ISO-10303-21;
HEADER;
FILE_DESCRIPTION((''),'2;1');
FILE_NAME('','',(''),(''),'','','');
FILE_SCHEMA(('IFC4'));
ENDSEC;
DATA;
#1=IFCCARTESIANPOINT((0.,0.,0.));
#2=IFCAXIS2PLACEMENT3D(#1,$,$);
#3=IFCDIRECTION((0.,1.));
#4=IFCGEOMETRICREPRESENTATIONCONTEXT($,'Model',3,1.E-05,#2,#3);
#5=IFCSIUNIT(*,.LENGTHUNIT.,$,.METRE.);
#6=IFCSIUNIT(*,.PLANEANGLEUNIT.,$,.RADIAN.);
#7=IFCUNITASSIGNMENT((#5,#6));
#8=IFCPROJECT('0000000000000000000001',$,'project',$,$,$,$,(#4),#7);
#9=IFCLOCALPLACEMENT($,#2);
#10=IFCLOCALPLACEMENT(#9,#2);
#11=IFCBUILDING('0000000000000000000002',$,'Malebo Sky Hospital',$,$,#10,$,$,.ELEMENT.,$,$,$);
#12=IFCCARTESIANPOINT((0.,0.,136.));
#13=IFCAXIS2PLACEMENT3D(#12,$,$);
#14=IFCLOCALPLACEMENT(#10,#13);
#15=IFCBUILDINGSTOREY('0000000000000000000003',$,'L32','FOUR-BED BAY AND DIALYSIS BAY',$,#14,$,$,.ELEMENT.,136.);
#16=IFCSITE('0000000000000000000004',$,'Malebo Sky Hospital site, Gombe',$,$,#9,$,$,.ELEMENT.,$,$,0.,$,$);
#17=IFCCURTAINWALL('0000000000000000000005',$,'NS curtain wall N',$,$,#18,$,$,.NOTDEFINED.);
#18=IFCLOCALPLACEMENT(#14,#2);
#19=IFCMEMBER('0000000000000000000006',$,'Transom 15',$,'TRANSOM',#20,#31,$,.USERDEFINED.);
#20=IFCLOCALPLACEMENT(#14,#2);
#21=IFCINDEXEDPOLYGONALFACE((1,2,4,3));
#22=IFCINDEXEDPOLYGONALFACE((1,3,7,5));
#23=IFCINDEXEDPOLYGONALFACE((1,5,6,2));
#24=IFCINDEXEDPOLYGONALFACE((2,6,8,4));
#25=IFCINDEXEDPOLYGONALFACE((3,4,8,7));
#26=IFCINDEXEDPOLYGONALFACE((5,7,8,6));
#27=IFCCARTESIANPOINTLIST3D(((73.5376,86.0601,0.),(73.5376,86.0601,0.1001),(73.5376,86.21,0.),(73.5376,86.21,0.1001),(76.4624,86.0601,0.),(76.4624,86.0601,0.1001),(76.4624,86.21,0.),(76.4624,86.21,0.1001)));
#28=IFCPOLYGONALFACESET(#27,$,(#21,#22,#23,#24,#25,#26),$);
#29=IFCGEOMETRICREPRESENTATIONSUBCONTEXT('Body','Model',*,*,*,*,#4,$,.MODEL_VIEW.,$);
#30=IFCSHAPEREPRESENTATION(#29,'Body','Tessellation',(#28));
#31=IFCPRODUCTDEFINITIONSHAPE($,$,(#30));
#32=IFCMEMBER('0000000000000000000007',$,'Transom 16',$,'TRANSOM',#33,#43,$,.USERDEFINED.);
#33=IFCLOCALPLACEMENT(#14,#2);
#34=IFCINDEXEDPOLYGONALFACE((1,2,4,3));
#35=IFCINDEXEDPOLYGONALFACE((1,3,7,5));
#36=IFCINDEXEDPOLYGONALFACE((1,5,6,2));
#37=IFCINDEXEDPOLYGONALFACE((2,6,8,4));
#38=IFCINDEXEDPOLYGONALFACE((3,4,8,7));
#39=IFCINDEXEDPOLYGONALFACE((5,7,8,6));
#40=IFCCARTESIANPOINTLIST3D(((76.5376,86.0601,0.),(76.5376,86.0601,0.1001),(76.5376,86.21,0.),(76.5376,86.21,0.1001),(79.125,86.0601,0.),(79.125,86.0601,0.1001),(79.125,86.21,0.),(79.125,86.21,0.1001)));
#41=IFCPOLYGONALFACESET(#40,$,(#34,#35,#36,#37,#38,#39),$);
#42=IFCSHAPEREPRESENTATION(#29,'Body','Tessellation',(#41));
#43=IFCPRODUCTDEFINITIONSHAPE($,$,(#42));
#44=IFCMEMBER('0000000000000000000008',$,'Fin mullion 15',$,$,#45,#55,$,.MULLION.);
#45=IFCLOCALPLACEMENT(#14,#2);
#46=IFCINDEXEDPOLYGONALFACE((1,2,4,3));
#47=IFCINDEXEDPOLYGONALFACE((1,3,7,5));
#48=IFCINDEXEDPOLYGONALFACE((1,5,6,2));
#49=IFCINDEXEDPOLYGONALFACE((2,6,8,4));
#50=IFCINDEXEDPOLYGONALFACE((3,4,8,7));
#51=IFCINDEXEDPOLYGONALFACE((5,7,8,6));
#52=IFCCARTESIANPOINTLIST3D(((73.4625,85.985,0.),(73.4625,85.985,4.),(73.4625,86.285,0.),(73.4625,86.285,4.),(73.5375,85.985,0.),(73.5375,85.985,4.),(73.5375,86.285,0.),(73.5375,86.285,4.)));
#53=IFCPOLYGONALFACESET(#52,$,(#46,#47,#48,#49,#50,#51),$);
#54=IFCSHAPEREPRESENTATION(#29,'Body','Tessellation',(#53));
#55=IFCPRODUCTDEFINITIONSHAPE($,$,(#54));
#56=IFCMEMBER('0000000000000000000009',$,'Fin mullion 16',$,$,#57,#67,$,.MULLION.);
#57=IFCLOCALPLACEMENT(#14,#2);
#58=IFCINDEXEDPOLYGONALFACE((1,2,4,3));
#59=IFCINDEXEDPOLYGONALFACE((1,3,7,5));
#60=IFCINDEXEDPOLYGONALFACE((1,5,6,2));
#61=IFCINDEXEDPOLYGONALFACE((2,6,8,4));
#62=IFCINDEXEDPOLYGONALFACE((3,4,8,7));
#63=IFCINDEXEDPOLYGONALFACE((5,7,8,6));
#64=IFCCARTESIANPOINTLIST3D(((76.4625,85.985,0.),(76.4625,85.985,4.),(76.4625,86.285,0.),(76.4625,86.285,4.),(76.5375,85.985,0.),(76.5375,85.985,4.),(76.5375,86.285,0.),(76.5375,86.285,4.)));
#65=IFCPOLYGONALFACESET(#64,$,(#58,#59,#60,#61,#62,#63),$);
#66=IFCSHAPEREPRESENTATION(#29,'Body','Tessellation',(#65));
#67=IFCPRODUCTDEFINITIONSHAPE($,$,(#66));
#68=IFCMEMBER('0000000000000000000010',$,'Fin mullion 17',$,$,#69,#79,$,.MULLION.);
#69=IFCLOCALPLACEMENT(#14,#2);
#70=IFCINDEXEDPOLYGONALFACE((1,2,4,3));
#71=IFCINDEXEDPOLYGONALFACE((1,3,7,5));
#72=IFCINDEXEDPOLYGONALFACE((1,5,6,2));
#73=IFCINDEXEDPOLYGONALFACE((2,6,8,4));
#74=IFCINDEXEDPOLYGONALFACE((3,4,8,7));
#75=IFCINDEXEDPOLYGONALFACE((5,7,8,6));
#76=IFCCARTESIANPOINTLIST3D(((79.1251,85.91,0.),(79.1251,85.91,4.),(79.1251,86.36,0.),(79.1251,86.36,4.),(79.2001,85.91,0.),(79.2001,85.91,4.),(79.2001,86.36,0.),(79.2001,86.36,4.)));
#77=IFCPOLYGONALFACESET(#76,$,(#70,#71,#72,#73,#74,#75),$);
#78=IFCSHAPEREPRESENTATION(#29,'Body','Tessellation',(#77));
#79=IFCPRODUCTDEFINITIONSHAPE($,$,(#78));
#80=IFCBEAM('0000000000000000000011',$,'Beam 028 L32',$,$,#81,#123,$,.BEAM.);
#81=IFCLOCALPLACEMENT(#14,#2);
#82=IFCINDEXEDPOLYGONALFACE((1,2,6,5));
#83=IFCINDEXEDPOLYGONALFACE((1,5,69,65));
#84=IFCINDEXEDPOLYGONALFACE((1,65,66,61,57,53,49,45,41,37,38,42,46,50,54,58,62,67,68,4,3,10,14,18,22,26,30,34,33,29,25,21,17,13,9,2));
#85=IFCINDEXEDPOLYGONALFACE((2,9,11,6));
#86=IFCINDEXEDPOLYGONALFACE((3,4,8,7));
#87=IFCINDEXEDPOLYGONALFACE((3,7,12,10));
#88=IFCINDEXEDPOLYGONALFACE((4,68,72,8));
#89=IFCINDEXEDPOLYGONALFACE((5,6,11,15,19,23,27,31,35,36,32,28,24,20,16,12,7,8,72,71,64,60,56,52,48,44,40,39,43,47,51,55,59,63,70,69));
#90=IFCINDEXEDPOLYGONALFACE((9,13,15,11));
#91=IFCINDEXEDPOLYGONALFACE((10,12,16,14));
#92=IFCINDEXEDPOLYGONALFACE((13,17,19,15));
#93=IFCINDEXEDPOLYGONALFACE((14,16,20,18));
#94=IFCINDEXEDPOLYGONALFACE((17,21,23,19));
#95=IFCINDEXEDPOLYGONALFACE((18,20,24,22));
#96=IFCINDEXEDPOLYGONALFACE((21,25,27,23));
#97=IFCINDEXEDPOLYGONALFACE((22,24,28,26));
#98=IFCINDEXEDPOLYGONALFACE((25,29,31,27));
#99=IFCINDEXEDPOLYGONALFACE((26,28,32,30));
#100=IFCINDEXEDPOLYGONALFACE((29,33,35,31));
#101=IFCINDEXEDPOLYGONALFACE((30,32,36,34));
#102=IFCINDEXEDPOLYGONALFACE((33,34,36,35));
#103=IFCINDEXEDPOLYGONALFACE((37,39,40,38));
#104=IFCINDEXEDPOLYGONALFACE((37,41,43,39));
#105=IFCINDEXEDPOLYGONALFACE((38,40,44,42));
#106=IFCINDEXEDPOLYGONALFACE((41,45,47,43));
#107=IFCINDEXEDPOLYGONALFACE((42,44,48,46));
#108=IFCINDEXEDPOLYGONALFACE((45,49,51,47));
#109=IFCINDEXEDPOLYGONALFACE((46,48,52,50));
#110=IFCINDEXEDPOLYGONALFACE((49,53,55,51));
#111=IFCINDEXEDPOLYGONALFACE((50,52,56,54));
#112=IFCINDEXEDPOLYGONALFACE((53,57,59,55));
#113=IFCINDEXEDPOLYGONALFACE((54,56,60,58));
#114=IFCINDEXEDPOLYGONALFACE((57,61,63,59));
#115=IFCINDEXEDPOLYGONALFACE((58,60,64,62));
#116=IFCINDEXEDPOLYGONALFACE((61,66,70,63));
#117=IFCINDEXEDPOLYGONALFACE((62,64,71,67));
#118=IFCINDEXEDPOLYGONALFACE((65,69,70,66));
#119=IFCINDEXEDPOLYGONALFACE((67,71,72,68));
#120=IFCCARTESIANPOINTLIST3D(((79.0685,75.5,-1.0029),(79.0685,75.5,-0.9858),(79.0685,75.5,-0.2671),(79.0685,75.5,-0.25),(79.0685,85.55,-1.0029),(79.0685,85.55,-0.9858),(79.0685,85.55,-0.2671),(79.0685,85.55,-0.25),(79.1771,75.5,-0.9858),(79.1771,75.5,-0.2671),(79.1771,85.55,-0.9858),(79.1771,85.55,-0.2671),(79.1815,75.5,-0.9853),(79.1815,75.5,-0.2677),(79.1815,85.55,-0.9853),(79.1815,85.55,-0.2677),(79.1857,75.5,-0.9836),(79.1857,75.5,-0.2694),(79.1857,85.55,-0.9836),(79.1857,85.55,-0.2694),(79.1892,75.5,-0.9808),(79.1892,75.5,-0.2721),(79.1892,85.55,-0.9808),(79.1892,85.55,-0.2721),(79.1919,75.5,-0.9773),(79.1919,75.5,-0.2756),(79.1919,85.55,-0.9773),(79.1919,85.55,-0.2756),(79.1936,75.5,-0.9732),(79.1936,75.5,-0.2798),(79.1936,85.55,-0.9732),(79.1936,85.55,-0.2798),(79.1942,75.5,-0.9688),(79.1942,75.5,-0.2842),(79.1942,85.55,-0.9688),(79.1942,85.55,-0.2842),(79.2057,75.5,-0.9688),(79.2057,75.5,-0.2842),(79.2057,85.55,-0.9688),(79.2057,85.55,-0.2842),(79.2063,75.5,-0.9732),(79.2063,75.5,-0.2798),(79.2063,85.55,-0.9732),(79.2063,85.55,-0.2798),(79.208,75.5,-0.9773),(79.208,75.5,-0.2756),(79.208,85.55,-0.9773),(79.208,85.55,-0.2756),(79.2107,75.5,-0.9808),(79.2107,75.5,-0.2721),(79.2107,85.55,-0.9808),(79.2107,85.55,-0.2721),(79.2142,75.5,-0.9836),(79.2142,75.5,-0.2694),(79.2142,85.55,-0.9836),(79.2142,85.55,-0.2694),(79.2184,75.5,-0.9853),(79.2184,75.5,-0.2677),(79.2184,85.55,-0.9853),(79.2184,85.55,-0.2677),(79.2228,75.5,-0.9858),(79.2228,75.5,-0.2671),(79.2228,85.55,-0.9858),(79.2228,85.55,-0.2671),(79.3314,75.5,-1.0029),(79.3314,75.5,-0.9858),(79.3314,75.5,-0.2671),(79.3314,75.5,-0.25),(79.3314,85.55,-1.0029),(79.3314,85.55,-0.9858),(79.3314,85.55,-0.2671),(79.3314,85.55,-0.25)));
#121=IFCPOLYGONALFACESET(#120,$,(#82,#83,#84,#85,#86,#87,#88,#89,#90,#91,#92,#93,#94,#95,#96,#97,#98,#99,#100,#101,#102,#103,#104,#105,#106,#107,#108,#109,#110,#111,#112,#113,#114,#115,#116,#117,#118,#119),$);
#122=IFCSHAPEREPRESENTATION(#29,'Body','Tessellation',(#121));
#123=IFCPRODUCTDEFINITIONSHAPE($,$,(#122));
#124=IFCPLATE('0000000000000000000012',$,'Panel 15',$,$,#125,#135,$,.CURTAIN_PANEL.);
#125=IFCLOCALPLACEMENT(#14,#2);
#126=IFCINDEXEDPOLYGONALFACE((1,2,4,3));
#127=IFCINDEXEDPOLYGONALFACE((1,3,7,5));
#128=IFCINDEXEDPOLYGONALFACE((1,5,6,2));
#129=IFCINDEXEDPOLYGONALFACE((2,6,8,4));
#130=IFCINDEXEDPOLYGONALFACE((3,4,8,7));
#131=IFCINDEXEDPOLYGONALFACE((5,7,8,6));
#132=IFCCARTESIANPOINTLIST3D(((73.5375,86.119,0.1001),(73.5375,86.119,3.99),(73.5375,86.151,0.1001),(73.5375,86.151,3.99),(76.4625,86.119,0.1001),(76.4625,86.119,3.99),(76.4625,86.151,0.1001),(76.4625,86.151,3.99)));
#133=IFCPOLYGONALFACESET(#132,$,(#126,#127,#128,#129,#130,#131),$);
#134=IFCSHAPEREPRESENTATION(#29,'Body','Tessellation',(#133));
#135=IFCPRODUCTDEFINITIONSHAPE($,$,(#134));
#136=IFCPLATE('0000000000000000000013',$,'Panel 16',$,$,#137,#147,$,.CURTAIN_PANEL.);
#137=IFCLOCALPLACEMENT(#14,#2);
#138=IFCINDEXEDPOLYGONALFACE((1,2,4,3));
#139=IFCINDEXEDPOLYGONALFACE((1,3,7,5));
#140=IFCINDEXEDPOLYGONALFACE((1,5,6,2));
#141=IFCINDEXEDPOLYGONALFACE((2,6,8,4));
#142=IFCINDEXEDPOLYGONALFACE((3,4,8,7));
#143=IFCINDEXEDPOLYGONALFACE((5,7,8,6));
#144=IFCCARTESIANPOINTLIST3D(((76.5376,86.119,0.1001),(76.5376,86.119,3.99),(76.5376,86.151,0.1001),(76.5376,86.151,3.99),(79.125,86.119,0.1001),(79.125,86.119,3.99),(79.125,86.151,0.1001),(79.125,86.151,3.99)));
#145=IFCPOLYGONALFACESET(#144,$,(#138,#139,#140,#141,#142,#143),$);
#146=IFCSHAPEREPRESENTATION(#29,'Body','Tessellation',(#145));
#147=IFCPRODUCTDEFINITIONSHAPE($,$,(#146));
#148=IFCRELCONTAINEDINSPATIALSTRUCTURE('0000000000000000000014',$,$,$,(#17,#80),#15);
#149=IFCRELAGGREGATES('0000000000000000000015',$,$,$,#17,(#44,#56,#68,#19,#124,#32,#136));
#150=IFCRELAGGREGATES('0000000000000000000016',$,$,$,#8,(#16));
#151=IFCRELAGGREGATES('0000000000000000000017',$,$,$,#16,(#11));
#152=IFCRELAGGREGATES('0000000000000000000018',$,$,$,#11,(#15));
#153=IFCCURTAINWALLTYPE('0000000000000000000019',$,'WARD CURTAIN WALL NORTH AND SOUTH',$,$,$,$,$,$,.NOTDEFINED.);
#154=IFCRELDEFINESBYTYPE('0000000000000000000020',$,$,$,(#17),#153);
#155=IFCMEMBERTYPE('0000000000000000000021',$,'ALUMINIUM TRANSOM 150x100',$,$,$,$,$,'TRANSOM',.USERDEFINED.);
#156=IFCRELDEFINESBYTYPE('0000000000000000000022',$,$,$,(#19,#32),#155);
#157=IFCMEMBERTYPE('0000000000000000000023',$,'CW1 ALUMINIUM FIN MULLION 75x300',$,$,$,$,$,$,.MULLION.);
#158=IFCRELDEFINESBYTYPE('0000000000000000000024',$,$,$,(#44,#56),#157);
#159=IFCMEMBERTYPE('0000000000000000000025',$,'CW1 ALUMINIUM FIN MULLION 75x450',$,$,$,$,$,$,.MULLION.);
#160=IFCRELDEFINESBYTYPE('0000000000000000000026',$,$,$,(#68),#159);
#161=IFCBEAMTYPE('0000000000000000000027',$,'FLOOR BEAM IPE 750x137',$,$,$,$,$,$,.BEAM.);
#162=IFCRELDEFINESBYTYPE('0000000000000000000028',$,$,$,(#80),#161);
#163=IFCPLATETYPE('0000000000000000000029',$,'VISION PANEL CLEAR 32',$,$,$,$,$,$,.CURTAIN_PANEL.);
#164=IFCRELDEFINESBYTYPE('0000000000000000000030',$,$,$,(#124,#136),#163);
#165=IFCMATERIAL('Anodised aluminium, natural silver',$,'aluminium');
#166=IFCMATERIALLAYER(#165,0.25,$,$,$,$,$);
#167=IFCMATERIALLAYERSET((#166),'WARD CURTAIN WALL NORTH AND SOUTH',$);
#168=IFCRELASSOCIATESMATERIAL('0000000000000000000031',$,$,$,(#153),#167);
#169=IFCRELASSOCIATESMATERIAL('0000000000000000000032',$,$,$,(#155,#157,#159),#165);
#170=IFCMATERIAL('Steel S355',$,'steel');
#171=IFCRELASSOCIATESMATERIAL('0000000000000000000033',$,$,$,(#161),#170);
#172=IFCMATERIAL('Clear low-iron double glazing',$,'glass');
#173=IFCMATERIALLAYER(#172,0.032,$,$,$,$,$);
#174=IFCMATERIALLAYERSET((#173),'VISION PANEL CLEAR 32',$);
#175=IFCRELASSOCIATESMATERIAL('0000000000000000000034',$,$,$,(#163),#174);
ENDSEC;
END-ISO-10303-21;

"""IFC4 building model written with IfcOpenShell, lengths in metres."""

from ifc_helpers import new_model, si_unit, direction, frame, origin, origin_2d, place, context, subcontext, project, spatial, rectangle, i_section, extrude, material, layer, layer_set, material_profile, profile_set, type_object, element, aggregate, save


model = new_model("IFC4")

# Units and contexts
model_context = context("Model", 3, precision=1e-05, world=origin(), true_north=direction((0.0, 1.0)))
body_context = subcontext(model_context, "Body", "Model", "MODEL_VIEW")
ifc_project = project(units=[si_unit("LENGTHUNIT", "METRE"), si_unit("PLANEANGLEUNIT", "RADIAN")], contexts=[model_context])

# Site, building, storey
site_placement = place(None, origin())
site = spatial("IfcSite", under=ifc_project, at=site_placement, Name="Malebo Sky Hospital site, Gombe", CompositionType="ELEMENT", RefElevation=0.0)
building_placement = place(site_placement, origin())
building = spatial("IfcBuilding", under=site, at=building_placement, Name="Malebo Sky Hospital", CompositionType="ELEMENT")
storey_placement = place(building_placement, frame((0.0, 0.0, 136.0)))
storey = spatial("IfcBuildingStorey", under=building, at=storey_placement, Name="L32", Description="FOUR-BED BAY AND DIALYSIS BAY", CompositionType="ELEMENT", Elevation=136.0)

# Curtain wall, members
ifc_material_1 = material(Name="Anodised aluminium, natural silver", Category="aluminium")
ifc_layer_1 = layer(ifc_material_1, 0.25)
ifc_layer_set_1 = layer_set([ifc_layer_1], Name="WARD CURTAIN WALL NORTH AND SOUTH")
curtain_wall_type = type_object("IfcCurtainWallType", Name="WARD CURTAIN WALL NORTH AND SOUTH", PredefinedType="NOTDEFINED", material=ifc_layer_set_1)
curtain_wall_placement = place(storey_placement, origin())
curtain_wall = element("IfcCurtainWall", 1, at=curtain_wall_placement, inside=storey, type_object=curtain_wall_type, Name="NS curtain wall N", PredefinedType="NOTDEFINED")
ifc_material_profile_1 = material_profile(ifc_material_1, rectangle(XDim=0.1499, YDim=0.1001, at=origin_2d()), Name="ALUMINIUM TRANSOM 150x100")
ifc_profile_set_1 = profile_set([ifc_material_profile_1], Name="Anodised aluminium, natural silver")
member_type_1 = type_object("IfcMemberType", Name="ALUMINIUM TRANSOM 150x100", ElementType="TRANSOM", PredefinedType="USERDEFINED", material=ifc_profile_set_1)
member_1_placement = place(storey_placement, frame((73.5376, 86.135, 0.05), z_axis=(1.0, 0.0, 0.0), x_axis=(0.0, 1.0, 0.0)))
member_1 = element("IfcMember", 2, at=member_1_placement, type_object=member_type_1, Name="Transom 15", ObjectType="TRANSOM", PredefinedType="USERDEFINED", context=body_context, shape_type="SweptSolid", body=[
    extrude(rectangle(XDim=0.1499, YDim=0.1001, at=origin_2d()), origin(), (0.0, 0.0, 1.0), 2.9248),
])
member_2_placement = place(storey_placement, frame((76.5376, 86.135, 0.05), z_axis=(1.0, 0.0, 0.0), x_axis=(0.0, 1.0, 0.0)))
member_2 = element("IfcMember", 3, at=member_2_placement, type_object=member_type_1, Name="Transom 16", ObjectType="TRANSOM", PredefinedType="USERDEFINED", context=body_context, shape_type="SweptSolid", body=[
    extrude(rectangle(XDim=0.1499, YDim=0.1001, at=origin_2d()), origin(), (0.0, 0.0, 1.0), 2.5874),
])
ifc_material_profile_2 = material_profile(ifc_material_1, rectangle(XDim=0.075, YDim=0.3, at=origin_2d()), Name="CW1 ALUMINIUM FIN MULLION 75x300")
ifc_profile_set_2 = profile_set([ifc_material_profile_2], Name="Anodised aluminium, natural silver")
member_type_2 = type_object("IfcMemberType", Name="CW1 ALUMINIUM FIN MULLION 75x300", PredefinedType="MULLION", material=ifc_profile_set_2)
member_3_placement = place(storey_placement, frame((73.5, 86.135, 0.0), z_axis=(0.0, 0.0, 1.0), x_axis=(1.0, 0.0, 0.0)))
member_3 = element("IfcMember", 4, at=member_3_placement, type_object=member_type_2, Name="Fin mullion 15", PredefinedType="MULLION", context=body_context, shape_type="SweptSolid", body=[
    extrude(rectangle(XDim=0.075, YDim=0.3, at=origin_2d()), origin(), (0.0, 0.0, 1.0), 4.0),
])
member_4_placement = place(storey_placement, frame((76.5, 86.135, 0.0), z_axis=(0.0, 0.0, 1.0), x_axis=(1.0, 0.0, 0.0)))
member_4 = element("IfcMember", 5, at=member_4_placement, type_object=member_type_2, Name="Fin mullion 16", PredefinedType="MULLION", context=body_context, shape_type="SweptSolid", body=[
    extrude(rectangle(XDim=0.075, YDim=0.3, at=origin_2d()), origin(), (0.0, 0.0, 1.0), 4.0),
])
ifc_material_profile_3 = material_profile(ifc_material_1, rectangle(XDim=0.075, YDim=0.45, at=origin_2d()), Name="CW1 ALUMINIUM FIN MULLION 75x450")
ifc_profile_set_3 = profile_set([ifc_material_profile_3], Name="Anodised aluminium, natural silver")
member_type_3 = type_object("IfcMemberType", Name="CW1 ALUMINIUM FIN MULLION 75x450", PredefinedType="MULLION", material=ifc_profile_set_3)
member_5_placement = place(storey_placement, frame((79.1626, 86.135, 0.0), z_axis=(0.0, 0.0, 1.0), x_axis=(1.0, 0.0, 0.0)))
member_5 = element("IfcMember", 6, at=member_5_placement, type_object=member_type_3, Name="Fin mullion 17", PredefinedType="MULLION", context=body_context, shape_type="SweptSolid", body=[
    extrude(rectangle(XDim=0.075, YDim=0.45, at=origin_2d()), origin(), (0.0, 0.0, 1.0), 4.0),
])

# Beam
ifc_material_2 = material(Name="Steel S355", Category="steel")
ifc_material_profile_4 = material_profile(ifc_material_2, i_section(OverallWidth=0.2629, OverallDepth=0.7529, WebThickness=0.0115, FlangeThickness=0.0171, FilletRadius=0.0171, at=origin_2d()), Name="IPE 750x137")
ifc_profile_set_4 = profile_set([ifc_material_profile_4], Name="Steel S355")
beam_type = type_object("IfcBeamType", Name="FLOOR BEAM IPE 750x137", PredefinedType="BEAM", material=ifc_profile_set_4)
beam_placement = place(storey_placement, frame((79.2, 75.5, -0.6265), z_axis=(0.0, 1.0, 0.0), x_axis=(-1.0, 0.0, 0.0)))
element("IfcBeam", 7, at=beam_placement, inside=storey, type_object=beam_type, Name="Beam 028 L32", PredefinedType="BEAM", context=body_context, shape_type="SweptSolid", body=[
    extrude(i_section(OverallWidth=0.2629, OverallDepth=0.7529, WebThickness=0.0115, FlangeThickness=0.0171, FilletRadius=0.0171, at=origin_2d()), origin(), (0.0, 0.0, 1.0), 10.05),
])

# Plates
ifc_material_3 = material(Name="Clear low-iron double glazing", Category="glass")
ifc_layer_2 = layer(ifc_material_3, 0.032)
ifc_layer_set_2 = layer_set([ifc_layer_2], Name="VISION PANEL CLEAR 32")
plate_type = type_object("IfcPlateType", Name="VISION PANEL CLEAR 32", PredefinedType="CURTAIN_PANEL", material=ifc_layer_set_2)
plate_1_placement = place(storey_placement, frame((75.0, 86.135, 0.1001), z_axis=(0.0, 0.0, 1.0), x_axis=(1.0, 0.0, 0.0)))
plate_1 = element("IfcPlate", 8, at=plate_1_placement, type_object=plate_type, Name="Panel 15", PredefinedType="CURTAIN_PANEL", context=body_context, shape_type="SweptSolid", body=[
    extrude(rectangle(XDim=2.925, YDim=0.032, at=origin_2d()), origin(), (0.0, 0.0, 1.0), 3.8899),
])
plate_2_placement = place(storey_placement, frame((77.8313, 86.135, 0.1001), z_axis=(0.0, 0.0, 1.0), x_axis=(1.0, 0.0, 0.0)))
plate_2 = element("IfcPlate", 9, at=plate_2_placement, type_object=plate_type, Name="Panel 16", PredefinedType="CURTAIN_PANEL", context=body_context, shape_type="SweptSolid", body=[
    extrude(rectangle(XDim=2.5874, YDim=0.032, at=origin_2d()), origin(), (0.0, 0.0, 1.0), 3.8899),
])
aggregate(curtain_wall, [member_3, member_4, member_5, member_1, plate_1, member_2, plate_2])

save(model, "model.ifc")
